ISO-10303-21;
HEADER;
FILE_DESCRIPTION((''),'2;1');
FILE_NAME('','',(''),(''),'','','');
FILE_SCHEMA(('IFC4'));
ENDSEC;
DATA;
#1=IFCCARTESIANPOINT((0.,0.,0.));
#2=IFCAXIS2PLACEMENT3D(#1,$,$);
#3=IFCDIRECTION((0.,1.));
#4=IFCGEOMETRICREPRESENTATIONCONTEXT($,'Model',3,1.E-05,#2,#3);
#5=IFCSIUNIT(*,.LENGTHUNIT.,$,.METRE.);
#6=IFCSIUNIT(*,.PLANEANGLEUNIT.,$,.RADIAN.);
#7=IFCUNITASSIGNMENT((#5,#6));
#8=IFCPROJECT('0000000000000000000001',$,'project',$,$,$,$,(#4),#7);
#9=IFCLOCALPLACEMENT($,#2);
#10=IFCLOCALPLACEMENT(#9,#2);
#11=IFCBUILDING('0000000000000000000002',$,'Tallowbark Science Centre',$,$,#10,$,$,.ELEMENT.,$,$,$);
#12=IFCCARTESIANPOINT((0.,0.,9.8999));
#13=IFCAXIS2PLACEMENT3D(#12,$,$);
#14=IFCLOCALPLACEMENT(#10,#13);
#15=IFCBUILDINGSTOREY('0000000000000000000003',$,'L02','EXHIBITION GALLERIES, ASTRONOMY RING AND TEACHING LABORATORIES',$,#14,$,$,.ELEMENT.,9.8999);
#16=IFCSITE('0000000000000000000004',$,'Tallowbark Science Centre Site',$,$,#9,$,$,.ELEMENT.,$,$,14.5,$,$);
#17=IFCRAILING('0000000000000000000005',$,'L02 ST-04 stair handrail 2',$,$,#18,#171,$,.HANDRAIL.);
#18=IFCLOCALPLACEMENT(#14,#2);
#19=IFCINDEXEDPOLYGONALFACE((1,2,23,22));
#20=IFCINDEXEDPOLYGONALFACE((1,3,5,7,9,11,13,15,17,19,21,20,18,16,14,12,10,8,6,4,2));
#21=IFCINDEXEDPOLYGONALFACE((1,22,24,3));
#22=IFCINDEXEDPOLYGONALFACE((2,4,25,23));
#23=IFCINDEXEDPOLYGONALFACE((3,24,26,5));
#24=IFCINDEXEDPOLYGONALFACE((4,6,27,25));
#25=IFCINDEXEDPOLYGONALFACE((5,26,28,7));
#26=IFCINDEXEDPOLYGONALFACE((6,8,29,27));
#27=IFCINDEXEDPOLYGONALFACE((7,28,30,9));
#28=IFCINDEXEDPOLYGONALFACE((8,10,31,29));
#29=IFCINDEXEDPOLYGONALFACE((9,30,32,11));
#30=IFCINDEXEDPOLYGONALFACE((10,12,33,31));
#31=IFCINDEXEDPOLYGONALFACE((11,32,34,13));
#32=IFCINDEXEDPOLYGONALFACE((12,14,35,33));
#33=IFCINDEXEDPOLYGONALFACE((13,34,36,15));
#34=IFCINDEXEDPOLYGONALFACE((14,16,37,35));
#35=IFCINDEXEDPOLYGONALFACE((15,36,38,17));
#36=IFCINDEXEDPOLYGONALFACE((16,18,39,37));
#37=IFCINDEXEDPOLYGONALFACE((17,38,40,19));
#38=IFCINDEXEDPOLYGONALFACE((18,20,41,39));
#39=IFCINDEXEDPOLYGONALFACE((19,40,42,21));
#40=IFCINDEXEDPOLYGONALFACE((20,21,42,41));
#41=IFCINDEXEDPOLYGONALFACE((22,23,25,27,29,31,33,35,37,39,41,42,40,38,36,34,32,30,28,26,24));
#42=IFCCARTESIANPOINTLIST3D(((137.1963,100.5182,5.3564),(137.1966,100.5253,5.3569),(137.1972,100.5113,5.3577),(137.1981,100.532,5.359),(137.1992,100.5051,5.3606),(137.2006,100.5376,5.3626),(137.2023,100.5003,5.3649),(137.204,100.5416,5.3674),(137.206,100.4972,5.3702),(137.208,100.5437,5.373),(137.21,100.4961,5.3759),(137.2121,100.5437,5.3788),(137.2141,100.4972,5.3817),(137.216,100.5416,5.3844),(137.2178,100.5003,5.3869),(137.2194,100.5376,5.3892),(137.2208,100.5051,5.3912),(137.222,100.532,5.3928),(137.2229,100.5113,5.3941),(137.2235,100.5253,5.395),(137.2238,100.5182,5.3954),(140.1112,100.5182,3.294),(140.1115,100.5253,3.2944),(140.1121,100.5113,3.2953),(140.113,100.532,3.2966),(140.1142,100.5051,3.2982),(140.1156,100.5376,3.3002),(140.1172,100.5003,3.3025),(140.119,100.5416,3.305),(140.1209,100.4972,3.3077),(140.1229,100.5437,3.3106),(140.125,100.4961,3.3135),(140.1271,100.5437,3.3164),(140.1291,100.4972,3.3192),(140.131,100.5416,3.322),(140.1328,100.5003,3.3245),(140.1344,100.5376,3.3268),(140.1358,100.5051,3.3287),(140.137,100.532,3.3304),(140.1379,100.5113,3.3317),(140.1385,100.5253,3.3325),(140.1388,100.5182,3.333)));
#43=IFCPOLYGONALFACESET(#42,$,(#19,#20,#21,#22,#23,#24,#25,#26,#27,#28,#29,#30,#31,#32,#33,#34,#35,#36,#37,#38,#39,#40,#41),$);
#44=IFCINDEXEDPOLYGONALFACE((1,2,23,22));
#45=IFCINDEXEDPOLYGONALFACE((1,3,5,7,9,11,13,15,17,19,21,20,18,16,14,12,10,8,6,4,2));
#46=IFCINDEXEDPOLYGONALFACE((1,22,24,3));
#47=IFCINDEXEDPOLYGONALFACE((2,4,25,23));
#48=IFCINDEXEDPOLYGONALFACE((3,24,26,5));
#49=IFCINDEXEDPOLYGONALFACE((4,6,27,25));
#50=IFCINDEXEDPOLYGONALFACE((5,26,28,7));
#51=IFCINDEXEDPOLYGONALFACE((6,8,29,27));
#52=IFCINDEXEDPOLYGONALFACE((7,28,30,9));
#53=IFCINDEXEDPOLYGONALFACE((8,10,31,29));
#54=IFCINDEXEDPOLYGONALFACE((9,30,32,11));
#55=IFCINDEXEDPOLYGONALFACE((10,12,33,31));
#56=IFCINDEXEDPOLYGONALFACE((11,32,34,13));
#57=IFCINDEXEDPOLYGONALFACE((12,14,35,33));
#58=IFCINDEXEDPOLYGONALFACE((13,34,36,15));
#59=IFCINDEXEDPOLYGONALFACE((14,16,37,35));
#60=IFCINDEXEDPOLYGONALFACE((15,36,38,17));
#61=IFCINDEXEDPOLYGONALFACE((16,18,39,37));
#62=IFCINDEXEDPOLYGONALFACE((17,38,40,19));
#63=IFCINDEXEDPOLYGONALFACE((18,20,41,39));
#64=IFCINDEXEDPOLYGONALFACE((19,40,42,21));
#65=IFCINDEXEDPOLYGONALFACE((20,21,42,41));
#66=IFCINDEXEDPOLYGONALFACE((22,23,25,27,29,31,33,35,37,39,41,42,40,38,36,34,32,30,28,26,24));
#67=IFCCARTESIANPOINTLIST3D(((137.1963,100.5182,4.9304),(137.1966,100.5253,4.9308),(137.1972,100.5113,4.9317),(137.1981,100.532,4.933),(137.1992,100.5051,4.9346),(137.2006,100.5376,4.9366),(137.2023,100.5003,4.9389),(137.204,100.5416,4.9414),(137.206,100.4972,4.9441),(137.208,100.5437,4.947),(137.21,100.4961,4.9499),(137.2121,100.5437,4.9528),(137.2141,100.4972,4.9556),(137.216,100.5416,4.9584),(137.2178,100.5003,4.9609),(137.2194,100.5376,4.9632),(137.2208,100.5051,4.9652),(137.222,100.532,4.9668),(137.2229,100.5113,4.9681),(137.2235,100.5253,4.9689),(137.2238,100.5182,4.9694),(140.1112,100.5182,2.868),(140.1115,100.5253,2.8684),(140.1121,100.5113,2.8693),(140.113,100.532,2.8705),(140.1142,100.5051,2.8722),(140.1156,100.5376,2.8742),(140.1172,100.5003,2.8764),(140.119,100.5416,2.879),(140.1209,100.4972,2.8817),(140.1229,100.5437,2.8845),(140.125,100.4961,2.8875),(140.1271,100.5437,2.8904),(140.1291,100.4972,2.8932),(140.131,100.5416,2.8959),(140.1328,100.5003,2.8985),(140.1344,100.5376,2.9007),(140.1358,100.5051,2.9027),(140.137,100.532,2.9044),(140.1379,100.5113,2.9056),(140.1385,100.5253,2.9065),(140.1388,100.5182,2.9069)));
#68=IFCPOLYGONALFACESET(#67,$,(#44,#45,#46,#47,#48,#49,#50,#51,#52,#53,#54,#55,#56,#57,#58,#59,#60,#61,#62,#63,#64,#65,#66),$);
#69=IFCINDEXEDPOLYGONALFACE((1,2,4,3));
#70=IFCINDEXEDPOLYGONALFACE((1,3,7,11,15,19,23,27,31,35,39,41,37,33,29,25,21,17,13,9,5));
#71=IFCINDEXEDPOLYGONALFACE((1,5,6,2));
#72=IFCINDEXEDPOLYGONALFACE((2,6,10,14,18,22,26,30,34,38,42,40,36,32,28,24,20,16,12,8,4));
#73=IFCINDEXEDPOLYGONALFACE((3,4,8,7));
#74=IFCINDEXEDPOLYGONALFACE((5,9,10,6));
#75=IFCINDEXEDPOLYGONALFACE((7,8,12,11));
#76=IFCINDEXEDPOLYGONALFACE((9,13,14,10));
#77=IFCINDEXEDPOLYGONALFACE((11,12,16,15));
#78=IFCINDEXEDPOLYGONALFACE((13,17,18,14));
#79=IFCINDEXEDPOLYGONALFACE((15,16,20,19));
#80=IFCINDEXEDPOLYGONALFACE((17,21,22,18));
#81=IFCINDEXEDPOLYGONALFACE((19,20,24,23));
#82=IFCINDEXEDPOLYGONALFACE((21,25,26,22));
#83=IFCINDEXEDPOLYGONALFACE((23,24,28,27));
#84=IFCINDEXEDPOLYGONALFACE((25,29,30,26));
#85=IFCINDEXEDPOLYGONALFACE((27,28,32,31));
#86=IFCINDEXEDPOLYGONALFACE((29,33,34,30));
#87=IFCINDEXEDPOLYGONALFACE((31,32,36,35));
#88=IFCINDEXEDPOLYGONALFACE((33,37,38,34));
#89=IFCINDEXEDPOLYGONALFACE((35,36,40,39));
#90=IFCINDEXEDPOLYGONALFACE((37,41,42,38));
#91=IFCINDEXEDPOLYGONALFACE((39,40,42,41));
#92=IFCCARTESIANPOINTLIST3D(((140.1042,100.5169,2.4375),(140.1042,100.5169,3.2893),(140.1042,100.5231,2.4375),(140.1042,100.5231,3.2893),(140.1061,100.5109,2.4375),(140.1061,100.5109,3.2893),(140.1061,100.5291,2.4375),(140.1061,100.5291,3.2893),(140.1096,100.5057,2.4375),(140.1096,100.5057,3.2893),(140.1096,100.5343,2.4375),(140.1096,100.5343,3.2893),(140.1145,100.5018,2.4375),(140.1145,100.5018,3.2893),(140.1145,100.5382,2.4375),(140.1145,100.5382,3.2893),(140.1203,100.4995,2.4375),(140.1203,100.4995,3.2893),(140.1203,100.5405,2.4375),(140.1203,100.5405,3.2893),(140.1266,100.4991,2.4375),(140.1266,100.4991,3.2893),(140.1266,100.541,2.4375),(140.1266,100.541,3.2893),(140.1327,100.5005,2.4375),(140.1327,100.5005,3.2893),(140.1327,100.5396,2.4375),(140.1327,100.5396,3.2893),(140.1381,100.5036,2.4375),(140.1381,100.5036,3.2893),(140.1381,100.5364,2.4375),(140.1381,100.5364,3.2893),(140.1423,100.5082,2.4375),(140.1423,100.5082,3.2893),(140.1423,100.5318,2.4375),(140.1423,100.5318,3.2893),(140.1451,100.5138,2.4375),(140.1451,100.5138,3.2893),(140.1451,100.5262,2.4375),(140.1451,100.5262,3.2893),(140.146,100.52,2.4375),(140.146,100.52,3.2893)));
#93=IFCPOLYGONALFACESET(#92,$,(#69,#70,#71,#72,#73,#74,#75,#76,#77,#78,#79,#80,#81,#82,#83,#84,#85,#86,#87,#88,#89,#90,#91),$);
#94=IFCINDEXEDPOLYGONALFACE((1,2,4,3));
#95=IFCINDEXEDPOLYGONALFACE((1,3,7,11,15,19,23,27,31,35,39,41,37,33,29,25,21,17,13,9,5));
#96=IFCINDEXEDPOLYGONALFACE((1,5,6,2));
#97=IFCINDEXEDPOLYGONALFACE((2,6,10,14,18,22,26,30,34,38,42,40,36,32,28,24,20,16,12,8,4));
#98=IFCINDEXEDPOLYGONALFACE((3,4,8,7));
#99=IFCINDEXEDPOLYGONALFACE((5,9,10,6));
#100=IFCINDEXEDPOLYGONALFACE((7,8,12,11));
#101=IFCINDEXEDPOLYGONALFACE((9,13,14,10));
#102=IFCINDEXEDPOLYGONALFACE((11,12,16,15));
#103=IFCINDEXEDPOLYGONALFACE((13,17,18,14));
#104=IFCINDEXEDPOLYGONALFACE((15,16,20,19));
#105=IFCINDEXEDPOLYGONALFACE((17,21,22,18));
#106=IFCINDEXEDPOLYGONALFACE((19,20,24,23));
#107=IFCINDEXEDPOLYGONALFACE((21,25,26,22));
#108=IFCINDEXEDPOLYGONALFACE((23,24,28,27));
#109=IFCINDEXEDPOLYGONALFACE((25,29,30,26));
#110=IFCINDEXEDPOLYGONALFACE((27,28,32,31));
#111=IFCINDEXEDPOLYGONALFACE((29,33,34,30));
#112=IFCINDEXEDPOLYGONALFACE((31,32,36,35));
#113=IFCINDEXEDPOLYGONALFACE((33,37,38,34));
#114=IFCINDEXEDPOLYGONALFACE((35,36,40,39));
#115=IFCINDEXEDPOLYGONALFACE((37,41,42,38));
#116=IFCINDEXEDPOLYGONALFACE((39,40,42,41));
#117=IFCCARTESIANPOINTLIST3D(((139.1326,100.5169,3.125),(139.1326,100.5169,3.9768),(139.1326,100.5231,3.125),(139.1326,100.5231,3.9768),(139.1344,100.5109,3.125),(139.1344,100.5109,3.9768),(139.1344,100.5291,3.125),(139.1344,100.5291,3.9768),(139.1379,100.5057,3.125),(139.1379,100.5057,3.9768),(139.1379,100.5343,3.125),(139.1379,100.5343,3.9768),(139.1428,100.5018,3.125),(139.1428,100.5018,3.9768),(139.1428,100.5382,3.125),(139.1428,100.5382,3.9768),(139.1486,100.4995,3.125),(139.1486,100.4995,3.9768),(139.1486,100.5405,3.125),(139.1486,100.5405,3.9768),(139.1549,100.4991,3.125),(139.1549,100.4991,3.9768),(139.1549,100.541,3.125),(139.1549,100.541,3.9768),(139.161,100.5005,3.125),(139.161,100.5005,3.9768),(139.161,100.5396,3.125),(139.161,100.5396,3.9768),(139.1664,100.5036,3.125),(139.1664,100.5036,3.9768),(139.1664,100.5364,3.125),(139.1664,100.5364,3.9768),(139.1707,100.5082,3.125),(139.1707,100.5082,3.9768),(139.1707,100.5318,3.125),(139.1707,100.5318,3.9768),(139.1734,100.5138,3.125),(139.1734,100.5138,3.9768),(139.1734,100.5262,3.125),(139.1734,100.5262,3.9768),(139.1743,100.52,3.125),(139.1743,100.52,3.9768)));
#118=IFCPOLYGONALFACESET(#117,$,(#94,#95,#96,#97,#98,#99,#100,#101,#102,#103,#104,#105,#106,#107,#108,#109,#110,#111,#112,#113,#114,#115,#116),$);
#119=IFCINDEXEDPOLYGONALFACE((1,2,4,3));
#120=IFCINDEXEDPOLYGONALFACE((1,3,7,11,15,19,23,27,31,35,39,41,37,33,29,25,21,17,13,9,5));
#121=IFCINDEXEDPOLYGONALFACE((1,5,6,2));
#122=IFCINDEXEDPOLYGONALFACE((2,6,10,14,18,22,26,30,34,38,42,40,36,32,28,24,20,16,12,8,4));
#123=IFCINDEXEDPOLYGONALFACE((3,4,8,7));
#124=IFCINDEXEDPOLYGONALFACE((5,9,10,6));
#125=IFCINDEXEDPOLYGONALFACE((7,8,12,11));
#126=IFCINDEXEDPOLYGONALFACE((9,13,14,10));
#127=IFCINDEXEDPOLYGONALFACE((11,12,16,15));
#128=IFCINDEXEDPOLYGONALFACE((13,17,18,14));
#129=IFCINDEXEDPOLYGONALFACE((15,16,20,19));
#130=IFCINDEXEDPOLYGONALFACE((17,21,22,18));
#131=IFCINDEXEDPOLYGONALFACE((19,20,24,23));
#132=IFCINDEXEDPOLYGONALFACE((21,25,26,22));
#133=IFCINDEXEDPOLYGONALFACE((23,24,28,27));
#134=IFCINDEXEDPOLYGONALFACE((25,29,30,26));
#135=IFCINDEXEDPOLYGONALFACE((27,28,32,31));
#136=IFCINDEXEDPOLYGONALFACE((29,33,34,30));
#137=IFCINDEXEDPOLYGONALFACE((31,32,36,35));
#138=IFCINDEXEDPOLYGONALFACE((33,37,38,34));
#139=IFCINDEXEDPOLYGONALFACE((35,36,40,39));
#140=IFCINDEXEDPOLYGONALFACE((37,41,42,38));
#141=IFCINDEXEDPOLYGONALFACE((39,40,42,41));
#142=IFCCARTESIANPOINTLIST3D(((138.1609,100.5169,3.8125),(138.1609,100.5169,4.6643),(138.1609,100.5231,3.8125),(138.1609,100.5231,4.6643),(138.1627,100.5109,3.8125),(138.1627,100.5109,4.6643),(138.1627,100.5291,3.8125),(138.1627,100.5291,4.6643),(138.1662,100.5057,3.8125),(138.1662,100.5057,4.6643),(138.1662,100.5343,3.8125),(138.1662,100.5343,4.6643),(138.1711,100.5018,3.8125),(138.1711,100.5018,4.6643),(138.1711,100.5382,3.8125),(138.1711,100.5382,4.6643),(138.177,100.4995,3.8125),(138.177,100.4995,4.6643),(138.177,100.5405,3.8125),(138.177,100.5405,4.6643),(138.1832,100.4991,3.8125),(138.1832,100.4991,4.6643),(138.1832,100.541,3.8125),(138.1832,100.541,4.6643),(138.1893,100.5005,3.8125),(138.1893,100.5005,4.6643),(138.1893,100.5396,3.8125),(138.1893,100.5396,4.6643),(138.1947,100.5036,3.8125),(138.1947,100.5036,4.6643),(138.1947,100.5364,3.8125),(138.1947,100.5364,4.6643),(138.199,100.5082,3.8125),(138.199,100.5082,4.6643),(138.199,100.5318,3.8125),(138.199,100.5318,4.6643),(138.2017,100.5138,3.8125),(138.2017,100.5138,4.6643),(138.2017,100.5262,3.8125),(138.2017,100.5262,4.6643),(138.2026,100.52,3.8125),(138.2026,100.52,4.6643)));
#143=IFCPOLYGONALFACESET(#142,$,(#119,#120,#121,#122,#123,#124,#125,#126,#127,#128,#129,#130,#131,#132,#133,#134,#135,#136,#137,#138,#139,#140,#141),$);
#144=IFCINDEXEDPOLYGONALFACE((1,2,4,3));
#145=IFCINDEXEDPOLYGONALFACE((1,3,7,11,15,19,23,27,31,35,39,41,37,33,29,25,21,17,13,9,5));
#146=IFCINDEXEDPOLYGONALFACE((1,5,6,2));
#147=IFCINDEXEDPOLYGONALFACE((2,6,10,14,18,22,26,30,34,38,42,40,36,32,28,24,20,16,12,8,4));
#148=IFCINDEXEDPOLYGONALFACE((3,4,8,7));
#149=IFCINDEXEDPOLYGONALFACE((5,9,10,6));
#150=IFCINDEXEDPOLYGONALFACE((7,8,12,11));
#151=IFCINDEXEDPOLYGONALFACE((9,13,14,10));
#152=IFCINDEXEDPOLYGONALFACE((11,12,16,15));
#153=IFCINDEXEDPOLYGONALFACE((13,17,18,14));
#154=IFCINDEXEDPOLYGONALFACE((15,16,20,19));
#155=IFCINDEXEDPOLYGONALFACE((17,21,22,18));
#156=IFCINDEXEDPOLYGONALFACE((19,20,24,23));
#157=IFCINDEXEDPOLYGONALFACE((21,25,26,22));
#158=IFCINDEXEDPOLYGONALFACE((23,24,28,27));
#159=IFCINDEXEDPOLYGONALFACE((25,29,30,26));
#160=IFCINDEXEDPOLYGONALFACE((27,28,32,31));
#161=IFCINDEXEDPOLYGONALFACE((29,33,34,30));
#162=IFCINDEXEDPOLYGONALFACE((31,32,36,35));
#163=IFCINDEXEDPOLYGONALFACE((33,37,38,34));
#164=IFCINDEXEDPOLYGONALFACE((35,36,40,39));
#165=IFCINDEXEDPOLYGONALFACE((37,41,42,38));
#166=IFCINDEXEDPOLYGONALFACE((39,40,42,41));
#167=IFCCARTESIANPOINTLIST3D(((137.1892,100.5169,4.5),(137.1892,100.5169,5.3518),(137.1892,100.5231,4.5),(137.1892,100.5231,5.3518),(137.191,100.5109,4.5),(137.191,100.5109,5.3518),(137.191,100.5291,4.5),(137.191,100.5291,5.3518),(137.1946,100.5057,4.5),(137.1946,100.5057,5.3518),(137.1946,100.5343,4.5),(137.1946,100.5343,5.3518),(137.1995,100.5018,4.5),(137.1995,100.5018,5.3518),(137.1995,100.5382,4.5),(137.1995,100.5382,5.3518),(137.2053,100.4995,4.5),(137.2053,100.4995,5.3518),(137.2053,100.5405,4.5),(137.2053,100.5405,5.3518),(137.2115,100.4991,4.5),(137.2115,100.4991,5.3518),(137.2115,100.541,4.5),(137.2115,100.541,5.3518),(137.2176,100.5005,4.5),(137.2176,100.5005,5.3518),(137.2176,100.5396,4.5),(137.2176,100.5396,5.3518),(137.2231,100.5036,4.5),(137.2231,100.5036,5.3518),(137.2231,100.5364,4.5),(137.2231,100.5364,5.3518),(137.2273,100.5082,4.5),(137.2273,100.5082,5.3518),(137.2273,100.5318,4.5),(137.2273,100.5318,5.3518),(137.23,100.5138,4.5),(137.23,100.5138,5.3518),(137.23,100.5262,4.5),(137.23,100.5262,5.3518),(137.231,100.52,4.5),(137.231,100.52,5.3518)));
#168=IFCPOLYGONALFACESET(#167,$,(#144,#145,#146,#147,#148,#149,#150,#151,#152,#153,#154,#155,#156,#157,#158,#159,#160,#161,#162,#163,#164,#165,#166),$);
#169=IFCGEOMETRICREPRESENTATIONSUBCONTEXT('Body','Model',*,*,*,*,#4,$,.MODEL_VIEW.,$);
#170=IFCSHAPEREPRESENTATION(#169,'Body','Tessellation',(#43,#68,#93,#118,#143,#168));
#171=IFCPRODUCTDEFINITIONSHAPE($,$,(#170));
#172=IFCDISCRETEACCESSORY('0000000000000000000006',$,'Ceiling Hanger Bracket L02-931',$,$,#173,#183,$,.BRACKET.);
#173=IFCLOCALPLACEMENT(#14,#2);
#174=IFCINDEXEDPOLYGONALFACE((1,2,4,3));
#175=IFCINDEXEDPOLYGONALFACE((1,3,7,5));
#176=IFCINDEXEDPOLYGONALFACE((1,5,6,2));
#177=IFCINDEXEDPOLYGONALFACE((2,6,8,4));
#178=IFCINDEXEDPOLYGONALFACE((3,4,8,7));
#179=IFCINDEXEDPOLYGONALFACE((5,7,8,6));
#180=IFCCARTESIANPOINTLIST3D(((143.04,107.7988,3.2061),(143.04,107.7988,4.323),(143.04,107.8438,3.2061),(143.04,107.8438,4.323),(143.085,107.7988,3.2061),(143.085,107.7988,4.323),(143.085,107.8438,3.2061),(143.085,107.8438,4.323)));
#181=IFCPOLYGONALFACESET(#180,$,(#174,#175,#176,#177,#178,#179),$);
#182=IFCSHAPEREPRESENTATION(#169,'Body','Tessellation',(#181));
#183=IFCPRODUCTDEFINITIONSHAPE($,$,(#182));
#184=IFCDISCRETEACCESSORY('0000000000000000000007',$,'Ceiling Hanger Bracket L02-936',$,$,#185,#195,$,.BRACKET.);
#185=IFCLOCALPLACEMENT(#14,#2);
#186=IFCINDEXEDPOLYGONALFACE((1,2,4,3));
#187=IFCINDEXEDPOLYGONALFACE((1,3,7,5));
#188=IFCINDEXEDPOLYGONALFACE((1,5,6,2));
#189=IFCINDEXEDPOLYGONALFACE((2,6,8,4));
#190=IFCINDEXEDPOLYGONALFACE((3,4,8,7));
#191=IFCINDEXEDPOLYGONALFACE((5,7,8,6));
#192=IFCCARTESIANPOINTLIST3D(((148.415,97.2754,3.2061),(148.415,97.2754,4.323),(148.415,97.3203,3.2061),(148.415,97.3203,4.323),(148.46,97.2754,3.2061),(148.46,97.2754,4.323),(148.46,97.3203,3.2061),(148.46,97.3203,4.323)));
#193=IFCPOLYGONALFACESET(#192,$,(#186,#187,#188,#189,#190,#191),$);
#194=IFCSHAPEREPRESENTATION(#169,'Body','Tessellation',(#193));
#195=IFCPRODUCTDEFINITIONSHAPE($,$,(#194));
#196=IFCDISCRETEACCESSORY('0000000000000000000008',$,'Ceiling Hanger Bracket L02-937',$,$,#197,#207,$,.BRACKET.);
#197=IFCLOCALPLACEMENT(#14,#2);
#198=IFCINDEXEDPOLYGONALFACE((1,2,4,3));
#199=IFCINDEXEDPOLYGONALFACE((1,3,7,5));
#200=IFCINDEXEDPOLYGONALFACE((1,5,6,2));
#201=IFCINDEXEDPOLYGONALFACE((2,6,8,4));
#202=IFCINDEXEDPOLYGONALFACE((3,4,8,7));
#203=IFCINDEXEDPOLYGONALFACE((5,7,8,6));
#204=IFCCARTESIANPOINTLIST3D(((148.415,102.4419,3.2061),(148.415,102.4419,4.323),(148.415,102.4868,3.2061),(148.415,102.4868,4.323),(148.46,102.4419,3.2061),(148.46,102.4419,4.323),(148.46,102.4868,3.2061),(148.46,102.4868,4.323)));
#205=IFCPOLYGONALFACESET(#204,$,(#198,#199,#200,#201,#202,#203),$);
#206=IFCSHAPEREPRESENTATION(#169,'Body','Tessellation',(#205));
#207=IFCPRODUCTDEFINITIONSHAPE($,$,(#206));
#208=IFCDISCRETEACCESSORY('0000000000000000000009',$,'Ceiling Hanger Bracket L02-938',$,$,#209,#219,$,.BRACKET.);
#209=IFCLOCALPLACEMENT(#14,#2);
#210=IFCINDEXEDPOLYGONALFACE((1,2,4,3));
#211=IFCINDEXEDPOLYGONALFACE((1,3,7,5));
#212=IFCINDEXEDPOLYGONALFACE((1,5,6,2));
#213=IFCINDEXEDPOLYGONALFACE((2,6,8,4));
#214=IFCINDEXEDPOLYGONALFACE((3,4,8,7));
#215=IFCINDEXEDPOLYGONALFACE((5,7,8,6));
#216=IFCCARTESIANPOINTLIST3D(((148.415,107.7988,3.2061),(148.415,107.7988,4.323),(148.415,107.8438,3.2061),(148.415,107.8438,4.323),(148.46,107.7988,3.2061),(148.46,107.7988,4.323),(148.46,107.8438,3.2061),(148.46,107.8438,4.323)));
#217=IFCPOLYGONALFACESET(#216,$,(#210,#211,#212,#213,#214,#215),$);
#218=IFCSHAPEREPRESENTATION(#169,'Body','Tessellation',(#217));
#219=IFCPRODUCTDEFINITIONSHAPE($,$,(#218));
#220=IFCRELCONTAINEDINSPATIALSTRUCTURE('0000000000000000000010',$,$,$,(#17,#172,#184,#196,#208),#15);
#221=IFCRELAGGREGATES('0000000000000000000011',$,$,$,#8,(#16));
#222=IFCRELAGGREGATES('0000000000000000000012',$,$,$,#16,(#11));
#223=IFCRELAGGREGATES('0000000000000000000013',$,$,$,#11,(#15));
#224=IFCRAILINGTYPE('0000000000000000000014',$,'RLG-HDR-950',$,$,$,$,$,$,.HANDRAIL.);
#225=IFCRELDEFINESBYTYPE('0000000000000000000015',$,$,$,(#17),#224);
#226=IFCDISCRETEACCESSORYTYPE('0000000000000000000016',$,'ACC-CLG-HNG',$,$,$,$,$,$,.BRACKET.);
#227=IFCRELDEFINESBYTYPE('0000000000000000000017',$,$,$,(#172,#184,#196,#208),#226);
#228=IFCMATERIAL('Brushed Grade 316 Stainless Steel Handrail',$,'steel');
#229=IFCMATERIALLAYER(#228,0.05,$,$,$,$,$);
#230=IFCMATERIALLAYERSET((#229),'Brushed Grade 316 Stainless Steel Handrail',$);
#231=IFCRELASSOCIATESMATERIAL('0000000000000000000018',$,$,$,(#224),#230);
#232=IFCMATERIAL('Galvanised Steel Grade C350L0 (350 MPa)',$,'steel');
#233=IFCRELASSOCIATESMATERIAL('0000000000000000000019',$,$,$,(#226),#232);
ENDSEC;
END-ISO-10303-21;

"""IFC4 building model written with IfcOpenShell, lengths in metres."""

from ifc_helpers import new_model, si_unit, direction, frame, origin, origin_2d, place, context, subcontext, project, spatial, rectangle, circle, extrude, material, layer, layer_set, type_object, element, save


model = new_model("IFC4")

# Units and contexts
model_context = context("Model", 3, precision=1e-05, world=origin(), true_north=direction((0.0, 1.0)))
body_context = subcontext(model_context, "Body", "Model", "MODEL_VIEW")
ifc_project = project(units=[si_unit("LENGTHUNIT", "METRE"), si_unit("PLANEANGLEUNIT", "RADIAN")], contexts=[model_context])

# Site, building, storey
site_placement = place(None, origin())
site = spatial("IfcSite", under=ifc_project, at=site_placement, Name="Tallowbark Science Centre Site", CompositionType="ELEMENT", RefElevation=14.5)
building_placement = place(site_placement, origin())
building = spatial("IfcBuilding", under=site, at=building_placement, Name="Tallowbark Science Centre", CompositionType="ELEMENT")
storey_placement = place(building_placement, frame((0.0, 0.0, 9.8999)))
storey = spatial("IfcBuildingStorey", under=building, at=storey_placement, Name="L02", Description="EXHIBITION GALLERIES, ASTRONOMY RING AND TEACHING LABORATORIES", CompositionType="ELEMENT", Elevation=9.8999)

# Railing
ifc_material_1 = material(Name="Brushed Grade 316 Stainless Steel Handrail", Category="steel")
ifc_layer_1 = layer(ifc_material_1, 0.05)
ifc_layer_set_1 = layer_set([ifc_layer_1], Name="Brushed Grade 316 Stainless Steel Handrail")
railing_type_1 = type_object("IfcRailingType", Name="RLG-HDR-950", PredefinedType="HANDRAIL", material=ifc_layer_set_1)
railing_1_placement = place(storey_placement, frame((140.125, 100.52, 2.4375)))
element("IfcRailing", 1, at=railing_1_placement, inside=storey, type_object=railing_type_1, Name="L02 ST-04 stair handrail 2", PredefinedType="HANDRAIL", context=body_context, shape_type="SweptSolid", body=[
    extrude(circle(Radius=0.0239, at=origin_2d()), frame((0.0, 0.0, 0.876), z_axis=(-0.816331, 0.0, 0.577585), x_axis=(0.0, -1.0, 0.0)), (0.0, 0.0, 1.0), 3.5708),
    extrude(circle(Radius=0.0239, at=origin_2d()), frame((0.0, 0.0, 0.45), z_axis=(-0.816331, 0.0, 0.577585), x_axis=(0.0, -1.0, 0.0)), (0.0, 0.0, 1.0), 3.5708),
    extrude(circle(Radius=0.021, at=origin_2d()), origin(), (0.0, 0.0, 1.0), 0.8518),
    extrude(circle(Radius=0.021, at=origin_2d()), frame((-0.9717, 0.0, 0.6875)), (0.0, 0.0, 1.0), 0.8518),
    extrude(circle(Radius=0.021, at=origin_2d()), frame((-1.9434, 0.0, 1.375)), (0.0, 0.0, 1.0), 0.8518),
    extrude(circle(Radius=0.021, at=origin_2d()), frame((-2.915, 0.0, 2.0625)), (0.0, 0.0, 1.0), 0.8518),
])

# Discrete accessories
ifc_material_2 = material(Name="Galvanised Steel Grade C350L0 (350 MPa)", Category="steel")
discrete_accessory_type = type_object("IfcDiscreteAccessoryType", Name="ACC-CLG-HNG", PredefinedType="BRACKET", material=ifc_material_2)
for number, where, z_axis, x_axis, name in (
    (2, (143.0625, 107.8213, 3.2061), (0.0, 0.0, 1.0), (1.0, 0.0, 0.0), "Ceiling Hanger Bracket L02-931"),
    (3, (148.4375, 97.2979, 3.2061), (0.0, 0.0, 1.0), (1.0, 0.0, 0.0), "Ceiling Hanger Bracket L02-936"),
    (4, (148.4375, 102.4644, 3.2061), (0.0, 0.0, 1.0), (1.0, 0.0, 0.0), "Ceiling Hanger Bracket L02-937"),
    (5, (148.4375, 107.8213, 3.2061), (0.0, 0.0, 1.0), (1.0, 0.0, 0.0), "Ceiling Hanger Bracket L02-938"),
):
    element("IfcDiscreteAccessory", number, at=place(storey_placement, frame(where, z_axis=z_axis, x_axis=x_axis)), inside=storey, type_object=discrete_accessory_type, Name=name, PredefinedType="BRACKET", context=body_context, shape_type="SweptSolid", body=[
        extrude(rectangle(XDim=0.0449, YDim=0.0449, at=origin_2d()), origin(), (0.0, 0.0, 1.0), 1.1169),
    ])

save(model, "model.ifc")
